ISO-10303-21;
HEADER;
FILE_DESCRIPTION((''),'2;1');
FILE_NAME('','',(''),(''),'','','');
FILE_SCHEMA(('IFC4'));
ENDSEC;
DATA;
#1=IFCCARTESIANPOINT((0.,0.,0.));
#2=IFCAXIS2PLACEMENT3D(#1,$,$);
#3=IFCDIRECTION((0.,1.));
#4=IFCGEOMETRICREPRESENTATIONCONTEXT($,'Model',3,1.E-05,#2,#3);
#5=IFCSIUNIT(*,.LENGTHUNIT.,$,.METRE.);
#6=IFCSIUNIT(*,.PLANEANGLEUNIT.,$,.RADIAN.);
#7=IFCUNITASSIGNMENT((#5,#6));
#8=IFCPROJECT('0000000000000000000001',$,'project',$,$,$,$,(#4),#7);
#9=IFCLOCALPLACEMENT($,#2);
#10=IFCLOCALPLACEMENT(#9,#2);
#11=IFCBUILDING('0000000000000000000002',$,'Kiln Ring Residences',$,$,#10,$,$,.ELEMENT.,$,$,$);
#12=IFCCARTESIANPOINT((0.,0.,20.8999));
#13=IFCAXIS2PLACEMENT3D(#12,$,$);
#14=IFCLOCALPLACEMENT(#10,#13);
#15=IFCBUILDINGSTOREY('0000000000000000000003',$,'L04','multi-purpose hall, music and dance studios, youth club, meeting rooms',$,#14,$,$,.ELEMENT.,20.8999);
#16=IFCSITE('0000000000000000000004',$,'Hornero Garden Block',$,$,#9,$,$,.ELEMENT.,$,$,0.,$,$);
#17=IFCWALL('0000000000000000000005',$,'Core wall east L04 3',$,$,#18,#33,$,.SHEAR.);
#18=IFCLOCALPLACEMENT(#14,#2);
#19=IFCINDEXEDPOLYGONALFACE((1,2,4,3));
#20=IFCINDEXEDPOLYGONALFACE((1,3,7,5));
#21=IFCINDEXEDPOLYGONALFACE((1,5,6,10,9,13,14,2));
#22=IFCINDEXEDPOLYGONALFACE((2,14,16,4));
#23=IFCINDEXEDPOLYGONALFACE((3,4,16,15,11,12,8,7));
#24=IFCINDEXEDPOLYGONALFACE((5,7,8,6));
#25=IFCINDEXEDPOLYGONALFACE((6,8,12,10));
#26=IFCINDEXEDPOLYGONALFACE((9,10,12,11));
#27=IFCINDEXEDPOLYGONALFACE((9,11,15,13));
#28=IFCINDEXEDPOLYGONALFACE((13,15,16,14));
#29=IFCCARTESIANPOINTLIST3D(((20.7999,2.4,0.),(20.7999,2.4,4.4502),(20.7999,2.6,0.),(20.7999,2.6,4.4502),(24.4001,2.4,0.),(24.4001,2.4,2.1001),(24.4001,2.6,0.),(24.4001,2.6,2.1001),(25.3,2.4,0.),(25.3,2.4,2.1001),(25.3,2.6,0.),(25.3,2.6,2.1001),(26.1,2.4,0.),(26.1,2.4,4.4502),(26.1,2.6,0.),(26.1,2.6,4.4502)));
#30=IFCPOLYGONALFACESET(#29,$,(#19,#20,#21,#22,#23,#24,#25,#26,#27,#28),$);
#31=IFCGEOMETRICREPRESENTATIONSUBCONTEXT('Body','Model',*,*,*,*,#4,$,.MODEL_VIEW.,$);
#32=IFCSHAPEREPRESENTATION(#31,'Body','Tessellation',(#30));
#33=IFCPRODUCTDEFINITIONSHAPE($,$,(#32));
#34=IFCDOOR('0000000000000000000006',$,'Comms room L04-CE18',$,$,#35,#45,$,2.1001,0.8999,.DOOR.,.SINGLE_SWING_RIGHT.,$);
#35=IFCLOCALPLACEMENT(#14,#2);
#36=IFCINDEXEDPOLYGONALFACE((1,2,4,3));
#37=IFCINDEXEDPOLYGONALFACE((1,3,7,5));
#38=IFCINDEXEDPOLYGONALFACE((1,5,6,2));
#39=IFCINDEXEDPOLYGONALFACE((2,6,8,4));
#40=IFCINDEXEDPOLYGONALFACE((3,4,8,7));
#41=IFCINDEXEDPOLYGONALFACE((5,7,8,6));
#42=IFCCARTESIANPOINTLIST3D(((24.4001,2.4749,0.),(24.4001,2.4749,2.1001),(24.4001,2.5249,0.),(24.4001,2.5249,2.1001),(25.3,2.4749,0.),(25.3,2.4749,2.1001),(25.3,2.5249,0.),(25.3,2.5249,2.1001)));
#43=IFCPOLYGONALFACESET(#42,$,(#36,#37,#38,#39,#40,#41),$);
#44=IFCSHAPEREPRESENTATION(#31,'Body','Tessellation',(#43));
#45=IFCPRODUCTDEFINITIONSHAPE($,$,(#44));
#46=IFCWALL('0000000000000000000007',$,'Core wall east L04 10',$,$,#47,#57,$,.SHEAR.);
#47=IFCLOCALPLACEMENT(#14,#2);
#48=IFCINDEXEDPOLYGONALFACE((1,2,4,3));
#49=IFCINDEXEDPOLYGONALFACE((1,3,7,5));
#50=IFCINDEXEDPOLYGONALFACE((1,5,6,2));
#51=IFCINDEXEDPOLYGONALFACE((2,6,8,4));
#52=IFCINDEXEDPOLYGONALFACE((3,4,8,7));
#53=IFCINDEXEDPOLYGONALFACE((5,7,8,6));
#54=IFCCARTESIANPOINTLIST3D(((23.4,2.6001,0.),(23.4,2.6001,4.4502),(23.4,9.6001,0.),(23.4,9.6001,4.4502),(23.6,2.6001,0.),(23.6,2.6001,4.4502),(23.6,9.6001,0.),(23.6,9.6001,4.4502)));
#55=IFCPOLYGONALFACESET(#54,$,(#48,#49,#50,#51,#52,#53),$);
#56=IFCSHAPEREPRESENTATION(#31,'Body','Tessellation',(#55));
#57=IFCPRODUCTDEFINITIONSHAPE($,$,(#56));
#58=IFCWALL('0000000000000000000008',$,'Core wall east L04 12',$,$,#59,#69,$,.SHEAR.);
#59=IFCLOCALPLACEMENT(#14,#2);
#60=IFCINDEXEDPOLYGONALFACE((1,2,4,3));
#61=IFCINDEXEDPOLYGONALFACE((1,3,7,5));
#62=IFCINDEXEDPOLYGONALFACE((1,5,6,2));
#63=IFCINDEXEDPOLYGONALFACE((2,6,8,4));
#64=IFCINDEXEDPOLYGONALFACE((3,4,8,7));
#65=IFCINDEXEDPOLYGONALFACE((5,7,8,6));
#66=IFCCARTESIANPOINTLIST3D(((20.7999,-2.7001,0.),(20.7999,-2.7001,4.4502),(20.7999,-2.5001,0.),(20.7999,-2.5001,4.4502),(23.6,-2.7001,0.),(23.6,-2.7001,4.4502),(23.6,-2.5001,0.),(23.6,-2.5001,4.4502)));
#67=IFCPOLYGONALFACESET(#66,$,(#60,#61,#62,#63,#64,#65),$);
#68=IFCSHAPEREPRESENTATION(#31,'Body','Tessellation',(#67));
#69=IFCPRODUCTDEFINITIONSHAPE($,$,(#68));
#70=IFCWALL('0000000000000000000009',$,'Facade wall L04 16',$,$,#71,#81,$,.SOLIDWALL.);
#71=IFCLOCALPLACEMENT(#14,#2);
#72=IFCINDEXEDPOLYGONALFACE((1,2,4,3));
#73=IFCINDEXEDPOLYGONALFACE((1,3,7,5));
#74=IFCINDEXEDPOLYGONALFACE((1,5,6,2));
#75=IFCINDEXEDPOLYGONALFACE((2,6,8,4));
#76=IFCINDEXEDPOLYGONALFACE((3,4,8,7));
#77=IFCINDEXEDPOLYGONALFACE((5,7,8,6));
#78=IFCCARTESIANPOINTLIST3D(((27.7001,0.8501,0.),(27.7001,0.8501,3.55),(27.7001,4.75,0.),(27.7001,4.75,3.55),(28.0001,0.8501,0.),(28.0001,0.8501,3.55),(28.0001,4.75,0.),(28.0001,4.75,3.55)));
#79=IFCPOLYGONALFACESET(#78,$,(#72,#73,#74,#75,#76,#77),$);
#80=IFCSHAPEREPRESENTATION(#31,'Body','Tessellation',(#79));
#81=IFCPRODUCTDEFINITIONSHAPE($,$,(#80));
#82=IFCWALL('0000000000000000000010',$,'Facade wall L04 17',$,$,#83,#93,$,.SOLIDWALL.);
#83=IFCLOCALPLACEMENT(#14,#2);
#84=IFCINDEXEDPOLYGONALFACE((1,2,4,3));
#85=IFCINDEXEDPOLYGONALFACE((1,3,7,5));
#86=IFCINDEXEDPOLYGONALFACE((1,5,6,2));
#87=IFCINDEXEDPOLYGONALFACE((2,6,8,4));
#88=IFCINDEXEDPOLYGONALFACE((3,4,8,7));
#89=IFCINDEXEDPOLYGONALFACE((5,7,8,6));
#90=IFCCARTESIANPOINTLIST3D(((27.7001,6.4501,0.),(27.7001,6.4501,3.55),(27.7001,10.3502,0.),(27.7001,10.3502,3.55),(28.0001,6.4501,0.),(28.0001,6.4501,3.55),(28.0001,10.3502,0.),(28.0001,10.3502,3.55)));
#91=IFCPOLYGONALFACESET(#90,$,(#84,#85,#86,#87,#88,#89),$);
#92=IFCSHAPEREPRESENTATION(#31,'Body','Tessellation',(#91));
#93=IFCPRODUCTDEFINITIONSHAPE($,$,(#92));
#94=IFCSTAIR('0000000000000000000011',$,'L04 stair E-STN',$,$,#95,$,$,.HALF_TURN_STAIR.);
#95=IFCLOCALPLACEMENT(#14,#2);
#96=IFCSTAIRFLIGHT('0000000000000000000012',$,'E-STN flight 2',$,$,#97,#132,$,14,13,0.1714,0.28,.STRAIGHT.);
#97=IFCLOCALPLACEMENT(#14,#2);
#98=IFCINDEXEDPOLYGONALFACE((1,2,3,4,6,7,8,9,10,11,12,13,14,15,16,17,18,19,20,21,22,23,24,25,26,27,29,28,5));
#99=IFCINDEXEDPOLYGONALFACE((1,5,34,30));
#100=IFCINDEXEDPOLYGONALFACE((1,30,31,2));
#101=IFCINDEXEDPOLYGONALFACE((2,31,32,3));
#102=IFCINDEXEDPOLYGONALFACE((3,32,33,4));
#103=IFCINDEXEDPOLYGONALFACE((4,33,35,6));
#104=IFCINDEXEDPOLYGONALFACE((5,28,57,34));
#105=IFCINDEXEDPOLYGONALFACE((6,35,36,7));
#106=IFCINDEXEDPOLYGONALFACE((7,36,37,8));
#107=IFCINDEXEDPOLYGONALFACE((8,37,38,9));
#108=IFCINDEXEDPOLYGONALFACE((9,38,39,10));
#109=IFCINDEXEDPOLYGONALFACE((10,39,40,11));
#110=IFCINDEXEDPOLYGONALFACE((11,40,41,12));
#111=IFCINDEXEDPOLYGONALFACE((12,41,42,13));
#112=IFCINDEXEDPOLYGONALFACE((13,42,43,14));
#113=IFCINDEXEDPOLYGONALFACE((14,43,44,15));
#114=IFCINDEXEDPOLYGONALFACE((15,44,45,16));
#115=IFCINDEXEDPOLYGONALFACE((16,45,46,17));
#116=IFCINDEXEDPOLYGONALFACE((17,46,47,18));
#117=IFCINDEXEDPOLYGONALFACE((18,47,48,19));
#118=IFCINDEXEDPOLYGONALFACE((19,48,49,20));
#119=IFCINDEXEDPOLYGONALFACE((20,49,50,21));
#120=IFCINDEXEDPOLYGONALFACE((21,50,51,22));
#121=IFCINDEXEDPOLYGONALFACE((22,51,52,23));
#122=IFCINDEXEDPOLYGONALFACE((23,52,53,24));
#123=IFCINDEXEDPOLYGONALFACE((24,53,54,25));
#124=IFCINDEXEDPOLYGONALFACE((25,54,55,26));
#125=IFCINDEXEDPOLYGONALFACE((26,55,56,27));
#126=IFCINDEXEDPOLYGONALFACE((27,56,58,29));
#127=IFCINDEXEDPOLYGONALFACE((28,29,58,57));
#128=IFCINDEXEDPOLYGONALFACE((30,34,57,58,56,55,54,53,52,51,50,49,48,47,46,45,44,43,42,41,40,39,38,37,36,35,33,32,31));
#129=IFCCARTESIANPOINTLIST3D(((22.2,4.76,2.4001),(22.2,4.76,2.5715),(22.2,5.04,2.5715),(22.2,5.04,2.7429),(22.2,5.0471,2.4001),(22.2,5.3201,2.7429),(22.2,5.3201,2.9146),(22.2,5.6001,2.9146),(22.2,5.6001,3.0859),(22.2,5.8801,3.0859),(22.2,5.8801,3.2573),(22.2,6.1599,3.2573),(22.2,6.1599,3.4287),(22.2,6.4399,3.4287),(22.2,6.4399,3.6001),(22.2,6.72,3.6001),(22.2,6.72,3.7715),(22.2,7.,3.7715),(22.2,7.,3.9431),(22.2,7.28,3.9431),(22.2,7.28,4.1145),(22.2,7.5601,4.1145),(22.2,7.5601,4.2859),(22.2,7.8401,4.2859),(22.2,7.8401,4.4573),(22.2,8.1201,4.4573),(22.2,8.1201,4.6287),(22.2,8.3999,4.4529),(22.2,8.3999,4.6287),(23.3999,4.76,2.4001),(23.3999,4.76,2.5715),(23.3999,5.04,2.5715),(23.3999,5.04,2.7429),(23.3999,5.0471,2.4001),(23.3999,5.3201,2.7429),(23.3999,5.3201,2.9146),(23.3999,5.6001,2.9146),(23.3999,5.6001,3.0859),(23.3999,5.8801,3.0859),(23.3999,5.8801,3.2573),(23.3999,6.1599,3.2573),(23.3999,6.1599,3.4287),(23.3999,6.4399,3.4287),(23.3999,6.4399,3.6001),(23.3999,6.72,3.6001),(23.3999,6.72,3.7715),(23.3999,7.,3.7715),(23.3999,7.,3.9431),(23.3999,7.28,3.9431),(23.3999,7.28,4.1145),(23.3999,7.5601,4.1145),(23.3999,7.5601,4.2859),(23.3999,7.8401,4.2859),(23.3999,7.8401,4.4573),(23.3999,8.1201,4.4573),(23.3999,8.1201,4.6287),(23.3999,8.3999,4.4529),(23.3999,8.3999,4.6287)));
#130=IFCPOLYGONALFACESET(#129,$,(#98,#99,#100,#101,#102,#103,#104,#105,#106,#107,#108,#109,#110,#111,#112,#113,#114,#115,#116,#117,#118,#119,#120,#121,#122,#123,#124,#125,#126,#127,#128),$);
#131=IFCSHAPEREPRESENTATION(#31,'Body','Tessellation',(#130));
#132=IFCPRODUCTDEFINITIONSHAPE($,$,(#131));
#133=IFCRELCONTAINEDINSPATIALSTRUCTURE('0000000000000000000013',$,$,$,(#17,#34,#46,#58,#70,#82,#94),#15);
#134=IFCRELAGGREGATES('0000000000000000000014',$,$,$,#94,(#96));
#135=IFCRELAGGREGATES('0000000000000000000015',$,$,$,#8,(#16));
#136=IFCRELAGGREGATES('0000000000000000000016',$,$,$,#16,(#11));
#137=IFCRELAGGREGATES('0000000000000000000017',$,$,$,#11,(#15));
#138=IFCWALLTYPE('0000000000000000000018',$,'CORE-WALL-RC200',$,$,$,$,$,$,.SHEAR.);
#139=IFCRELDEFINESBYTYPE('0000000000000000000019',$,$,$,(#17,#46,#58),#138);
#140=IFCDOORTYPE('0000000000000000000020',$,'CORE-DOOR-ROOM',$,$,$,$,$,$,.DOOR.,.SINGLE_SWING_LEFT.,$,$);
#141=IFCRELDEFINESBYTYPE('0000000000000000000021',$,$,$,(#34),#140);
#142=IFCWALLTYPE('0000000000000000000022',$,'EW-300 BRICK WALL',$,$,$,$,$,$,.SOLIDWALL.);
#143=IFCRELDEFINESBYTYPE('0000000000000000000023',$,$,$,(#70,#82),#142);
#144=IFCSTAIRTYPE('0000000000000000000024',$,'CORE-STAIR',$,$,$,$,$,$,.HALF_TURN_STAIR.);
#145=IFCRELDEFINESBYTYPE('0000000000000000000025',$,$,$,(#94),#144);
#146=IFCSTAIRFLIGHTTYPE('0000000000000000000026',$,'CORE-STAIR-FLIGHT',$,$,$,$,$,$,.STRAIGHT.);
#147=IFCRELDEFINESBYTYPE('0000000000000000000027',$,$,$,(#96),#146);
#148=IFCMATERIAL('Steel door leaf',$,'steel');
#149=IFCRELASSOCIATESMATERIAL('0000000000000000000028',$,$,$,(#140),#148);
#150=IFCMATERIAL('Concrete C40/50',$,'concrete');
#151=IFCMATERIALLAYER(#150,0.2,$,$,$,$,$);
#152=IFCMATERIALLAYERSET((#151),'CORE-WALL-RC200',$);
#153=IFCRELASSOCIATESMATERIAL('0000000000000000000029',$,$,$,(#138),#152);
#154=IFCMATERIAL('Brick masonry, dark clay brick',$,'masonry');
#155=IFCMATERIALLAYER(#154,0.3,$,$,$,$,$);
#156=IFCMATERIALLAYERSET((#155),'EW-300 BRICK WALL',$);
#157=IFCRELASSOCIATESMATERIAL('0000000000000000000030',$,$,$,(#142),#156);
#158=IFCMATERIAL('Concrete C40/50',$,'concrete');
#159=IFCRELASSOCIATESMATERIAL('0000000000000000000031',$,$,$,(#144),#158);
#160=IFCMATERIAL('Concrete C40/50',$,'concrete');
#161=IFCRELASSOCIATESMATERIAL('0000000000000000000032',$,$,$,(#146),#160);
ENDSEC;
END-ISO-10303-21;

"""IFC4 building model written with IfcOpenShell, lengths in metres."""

from ifc_helpers import new_model, si_unit, direction, frame, frame_2d, origin, place, context, subcontext, project, spatial, polyline, rectangle, outline, extrude, material, layer, layer_set, type_object, element, fill, aggregate, save


model = new_model("IFC4")

# Units and contexts
model_context = context("Model", 3, precision=1e-05, world=origin(), true_north=direction((0.0, 1.0)))
body_context = subcontext(model_context, "Body", "Model", "MODEL_VIEW")
ifc_project = project(units=[si_unit("LENGTHUNIT", "METRE"), si_unit("PLANEANGLEUNIT", "RADIAN")], contexts=[model_context])

# Site, building, storey
site_placement = place(None, origin())
site = spatial("IfcSite", under=ifc_project, at=site_placement, Name="Hornero Garden Block", CompositionType="ELEMENT", RefElevation=0.0)
building_placement = place(site_placement, origin())
building = spatial("IfcBuilding", under=site, at=building_placement, Name="Kiln Ring Residences", CompositionType="ELEMENT")
storey_placement = place(building_placement, frame((0.0, 0.0, 20.8999)))
storey = spatial("IfcBuildingStorey", under=building, at=storey_placement, Name="L04", Description="multi-purpose hall, music and dance studios, youth club, meeting rooms", CompositionType="ELEMENT", Elevation=20.8999)

# Shared definitions
ifc_material_1 = material(Name="Steel door leaf", Category="steel")
door_type = type_object("IfcDoorType", Name="CORE-DOOR-ROOM", OperationType="SINGLE_SWING_LEFT", PredefinedType="DOOR", material=ifc_material_1)

# Shared definitions
ifc_material_2 = material(Name="Concrete C40/50", Category="concrete")
ifc_layer_1 = layer(ifc_material_2, 0.2)
ifc_layer_set_1 = layer_set([ifc_layer_1], Name="CORE-WALL-RC200")
wall_type_1 = type_object("IfcWallType", Name="CORE-WALL-RC200", PredefinedType="SHEAR", material=ifc_layer_set_1)

# Wall, opening, door
wall_1_placement = place(storey_placement, frame((20.8, 2.5, 0.0), z_axis=(0.0, 0.0, 1.0), x_axis=(1.0, 0.0, 0.0)))
wall_1 = element("IfcWall", 1, at=wall_1_placement, inside=storey, type_object=wall_type_1, Name="Core wall east L04 3", PredefinedType="SHEAR", context=body_context, shape_type="SweptSolid", body=[
    extrude(rectangle(XDim=5.3, YDim=0.2, at=frame_2d((2.6499, 0.0))), origin(), (0.0, 0.0, 1.0), 4.4502),
])
opening_1_placement = place(wall_1_placement, frame((3.6001, 0.0, 0.0)))
opening_1 = element("IfcOpeningElement", 2, at=opening_1_placement, cuts=wall_1, PredefinedType="OPENING", context=body_context, shape_type="SweptSolid", body=[
    extrude(rectangle(XDim=0.8999, YDim=2.1001, at=frame_2d((0.45, 1.05))), frame((0.0, 0.1099, 0.0), z_axis=(0.0, -1.0, 0.0), x_axis=(1.0, 0.0, 0.0)), (0.0, 0.0, 1.0), 0.22),
])
door_1_placement = place(opening_1_placement, origin())
door_1 = element("IfcDoor", 3, at=door_1_placement, inside=storey, type_object=door_type, Name="Comms room L04-CE18", OperationType="SINGLE_SWING_RIGHT", OverallHeight=2.1001, OverallWidth=0.8999, PredefinedType="DOOR", context=body_context, shape_type="SweptSolid", body=[
    extrude(rectangle(XDim=0.8999, YDim=2.1001, at=frame_2d((0.45, 1.05))), frame((0.0, 0.0249, 0.0), z_axis=(0.0, -1.0, 0.0), x_axis=(1.0, 0.0, 0.0)), (0.0, 0.0, 1.0), 0.05),
])
fill(opening_1, door_1)

# Walls
wall_2_placement = place(storey_placement, frame((23.5, 2.6001, 0.0), z_axis=(0.0, 0.0, 1.0), x_axis=(0.0, 1.0, 0.0)))
element("IfcWall", 4, at=wall_2_placement, inside=storey, type_object=wall_type_1, Name="Core wall east L04 10", PredefinedType="SHEAR", context=body_context, shape_type="SweptSolid", body=[
    extrude(rectangle(XDim=7.0, YDim=0.2, at=frame_2d((3.5, 0.0))), origin(), (0.0, 0.0, 1.0), 4.4502),
])
wall_3_placement = place(storey_placement, frame((20.8, -2.6001, 0.0), z_axis=(0.0, 0.0, 1.0), x_axis=(1.0, 0.0, 0.0)))
element("IfcWall", 5, at=wall_3_placement, inside=storey, type_object=wall_type_1, Name="Core wall east L04 12", PredefinedType="SHEAR", context=body_context, shape_type="SweptSolid", body=[
    extrude(rectangle(XDim=2.8, YDim=0.2, at=frame_2d((1.3999, 0.0))), origin(), (0.0, 0.0, 1.0), 4.4502),
])
ifc_material_3 = material(Name="Brick masonry, dark clay brick", Category="masonry")
ifc_layer_2 = layer(ifc_material_3, 0.3)
ifc_layer_set_2 = layer_set([ifc_layer_2], Name="EW-300 BRICK WALL")
wall_type_2 = type_object("IfcWallType", Name="EW-300 BRICK WALL", PredefinedType="SOLIDWALL", material=ifc_layer_set_2)
wall_4_placement = place(storey_placement, frame((27.8501, 0.8501, 0.0), z_axis=(0.0, 0.0, 1.0), x_axis=(0.0, 1.0, 0.0)))
element("IfcWall", 6, at=wall_4_placement, inside=storey, type_object=wall_type_2, Name="Facade wall L04 16", PredefinedType="SOLIDWALL", context=body_context, shape_type="SweptSolid", body=[
    extrude(rectangle(XDim=3.8999, YDim=0.3, at=frame_2d((1.95, 0.0))), origin(), (0.0, 0.0, 1.0), 3.55),
])
wall_5_placement = place(storey_placement, frame((27.8501, 6.45, 0.0), z_axis=(0.0, 0.0, 1.0), x_axis=(0.0, 1.0, 0.0)))
element("IfcWall", 7, at=wall_5_placement, inside=storey, type_object=wall_type_2, Name="Facade wall L04 17", PredefinedType="SOLIDWALL", context=body_context, shape_type="SweptSolid", body=[
    extrude(rectangle(XDim=3.9001, YDim=0.3, at=frame_2d((1.9502, 0.0))), origin(), (0.0, 0.0, 1.0), 3.55),
])

# Stair, stair flight
ifc_material_4 = material(Name="Concrete C40/50", Category="concrete")
stair_type = type_object("IfcStairType", Name="CORE-STAIR", PredefinedType="HALF_TURN_STAIR", material=ifc_material_4)
stair_placement = place(storey_placement, origin())
stair = element("IfcStair", 8, at=stair_placement, inside=storey, type_object=stair_type, Name="L04 stair E-STN", PredefinedType="HALF_TURN_STAIR")
ifc_material_5 = material(Name="Concrete C40/50", Category="concrete")
stair_flight_type = type_object("IfcStairFlightType", Name="CORE-STAIR-FLIGHT", PredefinedType="STRAIGHT", material=ifc_material_5)
stair_flight_placement = place(storey_placement, frame((22.8, 4.76, 2.4001), z_axis=(0.0, 0.0, 1.0), x_axis=(0.0, 1.0, 0.0)))
stair_flight = element("IfcStairFlight", 9, at=stair_flight_placement, type_object=stair_flight_type, Name="E-STN flight 2", NumberOfRisers=14, NumberOfTreads=13, PredefinedType="STRAIGHT", RiserHeight=0.1714, TreadLength=0.28, context=body_context, shape_type="SweptSolid", body=[
    extrude(outline(polyline([(0.0, 0.0), (0.0, 0.1714), (0.28, 0.1714), (0.28, 0.3428), (0.5601, 0.3428), (0.5601, 0.5144), (0.8401, 0.5144), (0.8401, 0.6858), (1.1201, 0.6858), (1.1201, 0.8572), (1.3999, 0.8572), (1.3999, 1.0286), (1.6799, 1.0286), (1.6799, 1.2), (1.96, 1.2), (1.96, 1.3713), (2.24, 1.3713), (2.24, 1.543), (2.52, 1.543), (2.52, 1.7144), (2.8, 1.7144), (2.8, 1.8857), (3.0801, 1.8857), (3.0801, 2.0571), (3.3601, 2.0571), (3.3601, 2.2285), (3.6399, 2.2285), (3.6399, 2.3999), (3.6399, 2.0527), (0.2871, 0.0), (0.0, 0.0)])), frame((0.0, 0.6001, 0.0), z_axis=(0.0, -1.0, 0.0), x_axis=(1.0, 0.0, 0.0)), (0.0, 0.0, 1.0), 1.2),
])
aggregate(stair, [stair_flight])

save(model, "model.ifc")
